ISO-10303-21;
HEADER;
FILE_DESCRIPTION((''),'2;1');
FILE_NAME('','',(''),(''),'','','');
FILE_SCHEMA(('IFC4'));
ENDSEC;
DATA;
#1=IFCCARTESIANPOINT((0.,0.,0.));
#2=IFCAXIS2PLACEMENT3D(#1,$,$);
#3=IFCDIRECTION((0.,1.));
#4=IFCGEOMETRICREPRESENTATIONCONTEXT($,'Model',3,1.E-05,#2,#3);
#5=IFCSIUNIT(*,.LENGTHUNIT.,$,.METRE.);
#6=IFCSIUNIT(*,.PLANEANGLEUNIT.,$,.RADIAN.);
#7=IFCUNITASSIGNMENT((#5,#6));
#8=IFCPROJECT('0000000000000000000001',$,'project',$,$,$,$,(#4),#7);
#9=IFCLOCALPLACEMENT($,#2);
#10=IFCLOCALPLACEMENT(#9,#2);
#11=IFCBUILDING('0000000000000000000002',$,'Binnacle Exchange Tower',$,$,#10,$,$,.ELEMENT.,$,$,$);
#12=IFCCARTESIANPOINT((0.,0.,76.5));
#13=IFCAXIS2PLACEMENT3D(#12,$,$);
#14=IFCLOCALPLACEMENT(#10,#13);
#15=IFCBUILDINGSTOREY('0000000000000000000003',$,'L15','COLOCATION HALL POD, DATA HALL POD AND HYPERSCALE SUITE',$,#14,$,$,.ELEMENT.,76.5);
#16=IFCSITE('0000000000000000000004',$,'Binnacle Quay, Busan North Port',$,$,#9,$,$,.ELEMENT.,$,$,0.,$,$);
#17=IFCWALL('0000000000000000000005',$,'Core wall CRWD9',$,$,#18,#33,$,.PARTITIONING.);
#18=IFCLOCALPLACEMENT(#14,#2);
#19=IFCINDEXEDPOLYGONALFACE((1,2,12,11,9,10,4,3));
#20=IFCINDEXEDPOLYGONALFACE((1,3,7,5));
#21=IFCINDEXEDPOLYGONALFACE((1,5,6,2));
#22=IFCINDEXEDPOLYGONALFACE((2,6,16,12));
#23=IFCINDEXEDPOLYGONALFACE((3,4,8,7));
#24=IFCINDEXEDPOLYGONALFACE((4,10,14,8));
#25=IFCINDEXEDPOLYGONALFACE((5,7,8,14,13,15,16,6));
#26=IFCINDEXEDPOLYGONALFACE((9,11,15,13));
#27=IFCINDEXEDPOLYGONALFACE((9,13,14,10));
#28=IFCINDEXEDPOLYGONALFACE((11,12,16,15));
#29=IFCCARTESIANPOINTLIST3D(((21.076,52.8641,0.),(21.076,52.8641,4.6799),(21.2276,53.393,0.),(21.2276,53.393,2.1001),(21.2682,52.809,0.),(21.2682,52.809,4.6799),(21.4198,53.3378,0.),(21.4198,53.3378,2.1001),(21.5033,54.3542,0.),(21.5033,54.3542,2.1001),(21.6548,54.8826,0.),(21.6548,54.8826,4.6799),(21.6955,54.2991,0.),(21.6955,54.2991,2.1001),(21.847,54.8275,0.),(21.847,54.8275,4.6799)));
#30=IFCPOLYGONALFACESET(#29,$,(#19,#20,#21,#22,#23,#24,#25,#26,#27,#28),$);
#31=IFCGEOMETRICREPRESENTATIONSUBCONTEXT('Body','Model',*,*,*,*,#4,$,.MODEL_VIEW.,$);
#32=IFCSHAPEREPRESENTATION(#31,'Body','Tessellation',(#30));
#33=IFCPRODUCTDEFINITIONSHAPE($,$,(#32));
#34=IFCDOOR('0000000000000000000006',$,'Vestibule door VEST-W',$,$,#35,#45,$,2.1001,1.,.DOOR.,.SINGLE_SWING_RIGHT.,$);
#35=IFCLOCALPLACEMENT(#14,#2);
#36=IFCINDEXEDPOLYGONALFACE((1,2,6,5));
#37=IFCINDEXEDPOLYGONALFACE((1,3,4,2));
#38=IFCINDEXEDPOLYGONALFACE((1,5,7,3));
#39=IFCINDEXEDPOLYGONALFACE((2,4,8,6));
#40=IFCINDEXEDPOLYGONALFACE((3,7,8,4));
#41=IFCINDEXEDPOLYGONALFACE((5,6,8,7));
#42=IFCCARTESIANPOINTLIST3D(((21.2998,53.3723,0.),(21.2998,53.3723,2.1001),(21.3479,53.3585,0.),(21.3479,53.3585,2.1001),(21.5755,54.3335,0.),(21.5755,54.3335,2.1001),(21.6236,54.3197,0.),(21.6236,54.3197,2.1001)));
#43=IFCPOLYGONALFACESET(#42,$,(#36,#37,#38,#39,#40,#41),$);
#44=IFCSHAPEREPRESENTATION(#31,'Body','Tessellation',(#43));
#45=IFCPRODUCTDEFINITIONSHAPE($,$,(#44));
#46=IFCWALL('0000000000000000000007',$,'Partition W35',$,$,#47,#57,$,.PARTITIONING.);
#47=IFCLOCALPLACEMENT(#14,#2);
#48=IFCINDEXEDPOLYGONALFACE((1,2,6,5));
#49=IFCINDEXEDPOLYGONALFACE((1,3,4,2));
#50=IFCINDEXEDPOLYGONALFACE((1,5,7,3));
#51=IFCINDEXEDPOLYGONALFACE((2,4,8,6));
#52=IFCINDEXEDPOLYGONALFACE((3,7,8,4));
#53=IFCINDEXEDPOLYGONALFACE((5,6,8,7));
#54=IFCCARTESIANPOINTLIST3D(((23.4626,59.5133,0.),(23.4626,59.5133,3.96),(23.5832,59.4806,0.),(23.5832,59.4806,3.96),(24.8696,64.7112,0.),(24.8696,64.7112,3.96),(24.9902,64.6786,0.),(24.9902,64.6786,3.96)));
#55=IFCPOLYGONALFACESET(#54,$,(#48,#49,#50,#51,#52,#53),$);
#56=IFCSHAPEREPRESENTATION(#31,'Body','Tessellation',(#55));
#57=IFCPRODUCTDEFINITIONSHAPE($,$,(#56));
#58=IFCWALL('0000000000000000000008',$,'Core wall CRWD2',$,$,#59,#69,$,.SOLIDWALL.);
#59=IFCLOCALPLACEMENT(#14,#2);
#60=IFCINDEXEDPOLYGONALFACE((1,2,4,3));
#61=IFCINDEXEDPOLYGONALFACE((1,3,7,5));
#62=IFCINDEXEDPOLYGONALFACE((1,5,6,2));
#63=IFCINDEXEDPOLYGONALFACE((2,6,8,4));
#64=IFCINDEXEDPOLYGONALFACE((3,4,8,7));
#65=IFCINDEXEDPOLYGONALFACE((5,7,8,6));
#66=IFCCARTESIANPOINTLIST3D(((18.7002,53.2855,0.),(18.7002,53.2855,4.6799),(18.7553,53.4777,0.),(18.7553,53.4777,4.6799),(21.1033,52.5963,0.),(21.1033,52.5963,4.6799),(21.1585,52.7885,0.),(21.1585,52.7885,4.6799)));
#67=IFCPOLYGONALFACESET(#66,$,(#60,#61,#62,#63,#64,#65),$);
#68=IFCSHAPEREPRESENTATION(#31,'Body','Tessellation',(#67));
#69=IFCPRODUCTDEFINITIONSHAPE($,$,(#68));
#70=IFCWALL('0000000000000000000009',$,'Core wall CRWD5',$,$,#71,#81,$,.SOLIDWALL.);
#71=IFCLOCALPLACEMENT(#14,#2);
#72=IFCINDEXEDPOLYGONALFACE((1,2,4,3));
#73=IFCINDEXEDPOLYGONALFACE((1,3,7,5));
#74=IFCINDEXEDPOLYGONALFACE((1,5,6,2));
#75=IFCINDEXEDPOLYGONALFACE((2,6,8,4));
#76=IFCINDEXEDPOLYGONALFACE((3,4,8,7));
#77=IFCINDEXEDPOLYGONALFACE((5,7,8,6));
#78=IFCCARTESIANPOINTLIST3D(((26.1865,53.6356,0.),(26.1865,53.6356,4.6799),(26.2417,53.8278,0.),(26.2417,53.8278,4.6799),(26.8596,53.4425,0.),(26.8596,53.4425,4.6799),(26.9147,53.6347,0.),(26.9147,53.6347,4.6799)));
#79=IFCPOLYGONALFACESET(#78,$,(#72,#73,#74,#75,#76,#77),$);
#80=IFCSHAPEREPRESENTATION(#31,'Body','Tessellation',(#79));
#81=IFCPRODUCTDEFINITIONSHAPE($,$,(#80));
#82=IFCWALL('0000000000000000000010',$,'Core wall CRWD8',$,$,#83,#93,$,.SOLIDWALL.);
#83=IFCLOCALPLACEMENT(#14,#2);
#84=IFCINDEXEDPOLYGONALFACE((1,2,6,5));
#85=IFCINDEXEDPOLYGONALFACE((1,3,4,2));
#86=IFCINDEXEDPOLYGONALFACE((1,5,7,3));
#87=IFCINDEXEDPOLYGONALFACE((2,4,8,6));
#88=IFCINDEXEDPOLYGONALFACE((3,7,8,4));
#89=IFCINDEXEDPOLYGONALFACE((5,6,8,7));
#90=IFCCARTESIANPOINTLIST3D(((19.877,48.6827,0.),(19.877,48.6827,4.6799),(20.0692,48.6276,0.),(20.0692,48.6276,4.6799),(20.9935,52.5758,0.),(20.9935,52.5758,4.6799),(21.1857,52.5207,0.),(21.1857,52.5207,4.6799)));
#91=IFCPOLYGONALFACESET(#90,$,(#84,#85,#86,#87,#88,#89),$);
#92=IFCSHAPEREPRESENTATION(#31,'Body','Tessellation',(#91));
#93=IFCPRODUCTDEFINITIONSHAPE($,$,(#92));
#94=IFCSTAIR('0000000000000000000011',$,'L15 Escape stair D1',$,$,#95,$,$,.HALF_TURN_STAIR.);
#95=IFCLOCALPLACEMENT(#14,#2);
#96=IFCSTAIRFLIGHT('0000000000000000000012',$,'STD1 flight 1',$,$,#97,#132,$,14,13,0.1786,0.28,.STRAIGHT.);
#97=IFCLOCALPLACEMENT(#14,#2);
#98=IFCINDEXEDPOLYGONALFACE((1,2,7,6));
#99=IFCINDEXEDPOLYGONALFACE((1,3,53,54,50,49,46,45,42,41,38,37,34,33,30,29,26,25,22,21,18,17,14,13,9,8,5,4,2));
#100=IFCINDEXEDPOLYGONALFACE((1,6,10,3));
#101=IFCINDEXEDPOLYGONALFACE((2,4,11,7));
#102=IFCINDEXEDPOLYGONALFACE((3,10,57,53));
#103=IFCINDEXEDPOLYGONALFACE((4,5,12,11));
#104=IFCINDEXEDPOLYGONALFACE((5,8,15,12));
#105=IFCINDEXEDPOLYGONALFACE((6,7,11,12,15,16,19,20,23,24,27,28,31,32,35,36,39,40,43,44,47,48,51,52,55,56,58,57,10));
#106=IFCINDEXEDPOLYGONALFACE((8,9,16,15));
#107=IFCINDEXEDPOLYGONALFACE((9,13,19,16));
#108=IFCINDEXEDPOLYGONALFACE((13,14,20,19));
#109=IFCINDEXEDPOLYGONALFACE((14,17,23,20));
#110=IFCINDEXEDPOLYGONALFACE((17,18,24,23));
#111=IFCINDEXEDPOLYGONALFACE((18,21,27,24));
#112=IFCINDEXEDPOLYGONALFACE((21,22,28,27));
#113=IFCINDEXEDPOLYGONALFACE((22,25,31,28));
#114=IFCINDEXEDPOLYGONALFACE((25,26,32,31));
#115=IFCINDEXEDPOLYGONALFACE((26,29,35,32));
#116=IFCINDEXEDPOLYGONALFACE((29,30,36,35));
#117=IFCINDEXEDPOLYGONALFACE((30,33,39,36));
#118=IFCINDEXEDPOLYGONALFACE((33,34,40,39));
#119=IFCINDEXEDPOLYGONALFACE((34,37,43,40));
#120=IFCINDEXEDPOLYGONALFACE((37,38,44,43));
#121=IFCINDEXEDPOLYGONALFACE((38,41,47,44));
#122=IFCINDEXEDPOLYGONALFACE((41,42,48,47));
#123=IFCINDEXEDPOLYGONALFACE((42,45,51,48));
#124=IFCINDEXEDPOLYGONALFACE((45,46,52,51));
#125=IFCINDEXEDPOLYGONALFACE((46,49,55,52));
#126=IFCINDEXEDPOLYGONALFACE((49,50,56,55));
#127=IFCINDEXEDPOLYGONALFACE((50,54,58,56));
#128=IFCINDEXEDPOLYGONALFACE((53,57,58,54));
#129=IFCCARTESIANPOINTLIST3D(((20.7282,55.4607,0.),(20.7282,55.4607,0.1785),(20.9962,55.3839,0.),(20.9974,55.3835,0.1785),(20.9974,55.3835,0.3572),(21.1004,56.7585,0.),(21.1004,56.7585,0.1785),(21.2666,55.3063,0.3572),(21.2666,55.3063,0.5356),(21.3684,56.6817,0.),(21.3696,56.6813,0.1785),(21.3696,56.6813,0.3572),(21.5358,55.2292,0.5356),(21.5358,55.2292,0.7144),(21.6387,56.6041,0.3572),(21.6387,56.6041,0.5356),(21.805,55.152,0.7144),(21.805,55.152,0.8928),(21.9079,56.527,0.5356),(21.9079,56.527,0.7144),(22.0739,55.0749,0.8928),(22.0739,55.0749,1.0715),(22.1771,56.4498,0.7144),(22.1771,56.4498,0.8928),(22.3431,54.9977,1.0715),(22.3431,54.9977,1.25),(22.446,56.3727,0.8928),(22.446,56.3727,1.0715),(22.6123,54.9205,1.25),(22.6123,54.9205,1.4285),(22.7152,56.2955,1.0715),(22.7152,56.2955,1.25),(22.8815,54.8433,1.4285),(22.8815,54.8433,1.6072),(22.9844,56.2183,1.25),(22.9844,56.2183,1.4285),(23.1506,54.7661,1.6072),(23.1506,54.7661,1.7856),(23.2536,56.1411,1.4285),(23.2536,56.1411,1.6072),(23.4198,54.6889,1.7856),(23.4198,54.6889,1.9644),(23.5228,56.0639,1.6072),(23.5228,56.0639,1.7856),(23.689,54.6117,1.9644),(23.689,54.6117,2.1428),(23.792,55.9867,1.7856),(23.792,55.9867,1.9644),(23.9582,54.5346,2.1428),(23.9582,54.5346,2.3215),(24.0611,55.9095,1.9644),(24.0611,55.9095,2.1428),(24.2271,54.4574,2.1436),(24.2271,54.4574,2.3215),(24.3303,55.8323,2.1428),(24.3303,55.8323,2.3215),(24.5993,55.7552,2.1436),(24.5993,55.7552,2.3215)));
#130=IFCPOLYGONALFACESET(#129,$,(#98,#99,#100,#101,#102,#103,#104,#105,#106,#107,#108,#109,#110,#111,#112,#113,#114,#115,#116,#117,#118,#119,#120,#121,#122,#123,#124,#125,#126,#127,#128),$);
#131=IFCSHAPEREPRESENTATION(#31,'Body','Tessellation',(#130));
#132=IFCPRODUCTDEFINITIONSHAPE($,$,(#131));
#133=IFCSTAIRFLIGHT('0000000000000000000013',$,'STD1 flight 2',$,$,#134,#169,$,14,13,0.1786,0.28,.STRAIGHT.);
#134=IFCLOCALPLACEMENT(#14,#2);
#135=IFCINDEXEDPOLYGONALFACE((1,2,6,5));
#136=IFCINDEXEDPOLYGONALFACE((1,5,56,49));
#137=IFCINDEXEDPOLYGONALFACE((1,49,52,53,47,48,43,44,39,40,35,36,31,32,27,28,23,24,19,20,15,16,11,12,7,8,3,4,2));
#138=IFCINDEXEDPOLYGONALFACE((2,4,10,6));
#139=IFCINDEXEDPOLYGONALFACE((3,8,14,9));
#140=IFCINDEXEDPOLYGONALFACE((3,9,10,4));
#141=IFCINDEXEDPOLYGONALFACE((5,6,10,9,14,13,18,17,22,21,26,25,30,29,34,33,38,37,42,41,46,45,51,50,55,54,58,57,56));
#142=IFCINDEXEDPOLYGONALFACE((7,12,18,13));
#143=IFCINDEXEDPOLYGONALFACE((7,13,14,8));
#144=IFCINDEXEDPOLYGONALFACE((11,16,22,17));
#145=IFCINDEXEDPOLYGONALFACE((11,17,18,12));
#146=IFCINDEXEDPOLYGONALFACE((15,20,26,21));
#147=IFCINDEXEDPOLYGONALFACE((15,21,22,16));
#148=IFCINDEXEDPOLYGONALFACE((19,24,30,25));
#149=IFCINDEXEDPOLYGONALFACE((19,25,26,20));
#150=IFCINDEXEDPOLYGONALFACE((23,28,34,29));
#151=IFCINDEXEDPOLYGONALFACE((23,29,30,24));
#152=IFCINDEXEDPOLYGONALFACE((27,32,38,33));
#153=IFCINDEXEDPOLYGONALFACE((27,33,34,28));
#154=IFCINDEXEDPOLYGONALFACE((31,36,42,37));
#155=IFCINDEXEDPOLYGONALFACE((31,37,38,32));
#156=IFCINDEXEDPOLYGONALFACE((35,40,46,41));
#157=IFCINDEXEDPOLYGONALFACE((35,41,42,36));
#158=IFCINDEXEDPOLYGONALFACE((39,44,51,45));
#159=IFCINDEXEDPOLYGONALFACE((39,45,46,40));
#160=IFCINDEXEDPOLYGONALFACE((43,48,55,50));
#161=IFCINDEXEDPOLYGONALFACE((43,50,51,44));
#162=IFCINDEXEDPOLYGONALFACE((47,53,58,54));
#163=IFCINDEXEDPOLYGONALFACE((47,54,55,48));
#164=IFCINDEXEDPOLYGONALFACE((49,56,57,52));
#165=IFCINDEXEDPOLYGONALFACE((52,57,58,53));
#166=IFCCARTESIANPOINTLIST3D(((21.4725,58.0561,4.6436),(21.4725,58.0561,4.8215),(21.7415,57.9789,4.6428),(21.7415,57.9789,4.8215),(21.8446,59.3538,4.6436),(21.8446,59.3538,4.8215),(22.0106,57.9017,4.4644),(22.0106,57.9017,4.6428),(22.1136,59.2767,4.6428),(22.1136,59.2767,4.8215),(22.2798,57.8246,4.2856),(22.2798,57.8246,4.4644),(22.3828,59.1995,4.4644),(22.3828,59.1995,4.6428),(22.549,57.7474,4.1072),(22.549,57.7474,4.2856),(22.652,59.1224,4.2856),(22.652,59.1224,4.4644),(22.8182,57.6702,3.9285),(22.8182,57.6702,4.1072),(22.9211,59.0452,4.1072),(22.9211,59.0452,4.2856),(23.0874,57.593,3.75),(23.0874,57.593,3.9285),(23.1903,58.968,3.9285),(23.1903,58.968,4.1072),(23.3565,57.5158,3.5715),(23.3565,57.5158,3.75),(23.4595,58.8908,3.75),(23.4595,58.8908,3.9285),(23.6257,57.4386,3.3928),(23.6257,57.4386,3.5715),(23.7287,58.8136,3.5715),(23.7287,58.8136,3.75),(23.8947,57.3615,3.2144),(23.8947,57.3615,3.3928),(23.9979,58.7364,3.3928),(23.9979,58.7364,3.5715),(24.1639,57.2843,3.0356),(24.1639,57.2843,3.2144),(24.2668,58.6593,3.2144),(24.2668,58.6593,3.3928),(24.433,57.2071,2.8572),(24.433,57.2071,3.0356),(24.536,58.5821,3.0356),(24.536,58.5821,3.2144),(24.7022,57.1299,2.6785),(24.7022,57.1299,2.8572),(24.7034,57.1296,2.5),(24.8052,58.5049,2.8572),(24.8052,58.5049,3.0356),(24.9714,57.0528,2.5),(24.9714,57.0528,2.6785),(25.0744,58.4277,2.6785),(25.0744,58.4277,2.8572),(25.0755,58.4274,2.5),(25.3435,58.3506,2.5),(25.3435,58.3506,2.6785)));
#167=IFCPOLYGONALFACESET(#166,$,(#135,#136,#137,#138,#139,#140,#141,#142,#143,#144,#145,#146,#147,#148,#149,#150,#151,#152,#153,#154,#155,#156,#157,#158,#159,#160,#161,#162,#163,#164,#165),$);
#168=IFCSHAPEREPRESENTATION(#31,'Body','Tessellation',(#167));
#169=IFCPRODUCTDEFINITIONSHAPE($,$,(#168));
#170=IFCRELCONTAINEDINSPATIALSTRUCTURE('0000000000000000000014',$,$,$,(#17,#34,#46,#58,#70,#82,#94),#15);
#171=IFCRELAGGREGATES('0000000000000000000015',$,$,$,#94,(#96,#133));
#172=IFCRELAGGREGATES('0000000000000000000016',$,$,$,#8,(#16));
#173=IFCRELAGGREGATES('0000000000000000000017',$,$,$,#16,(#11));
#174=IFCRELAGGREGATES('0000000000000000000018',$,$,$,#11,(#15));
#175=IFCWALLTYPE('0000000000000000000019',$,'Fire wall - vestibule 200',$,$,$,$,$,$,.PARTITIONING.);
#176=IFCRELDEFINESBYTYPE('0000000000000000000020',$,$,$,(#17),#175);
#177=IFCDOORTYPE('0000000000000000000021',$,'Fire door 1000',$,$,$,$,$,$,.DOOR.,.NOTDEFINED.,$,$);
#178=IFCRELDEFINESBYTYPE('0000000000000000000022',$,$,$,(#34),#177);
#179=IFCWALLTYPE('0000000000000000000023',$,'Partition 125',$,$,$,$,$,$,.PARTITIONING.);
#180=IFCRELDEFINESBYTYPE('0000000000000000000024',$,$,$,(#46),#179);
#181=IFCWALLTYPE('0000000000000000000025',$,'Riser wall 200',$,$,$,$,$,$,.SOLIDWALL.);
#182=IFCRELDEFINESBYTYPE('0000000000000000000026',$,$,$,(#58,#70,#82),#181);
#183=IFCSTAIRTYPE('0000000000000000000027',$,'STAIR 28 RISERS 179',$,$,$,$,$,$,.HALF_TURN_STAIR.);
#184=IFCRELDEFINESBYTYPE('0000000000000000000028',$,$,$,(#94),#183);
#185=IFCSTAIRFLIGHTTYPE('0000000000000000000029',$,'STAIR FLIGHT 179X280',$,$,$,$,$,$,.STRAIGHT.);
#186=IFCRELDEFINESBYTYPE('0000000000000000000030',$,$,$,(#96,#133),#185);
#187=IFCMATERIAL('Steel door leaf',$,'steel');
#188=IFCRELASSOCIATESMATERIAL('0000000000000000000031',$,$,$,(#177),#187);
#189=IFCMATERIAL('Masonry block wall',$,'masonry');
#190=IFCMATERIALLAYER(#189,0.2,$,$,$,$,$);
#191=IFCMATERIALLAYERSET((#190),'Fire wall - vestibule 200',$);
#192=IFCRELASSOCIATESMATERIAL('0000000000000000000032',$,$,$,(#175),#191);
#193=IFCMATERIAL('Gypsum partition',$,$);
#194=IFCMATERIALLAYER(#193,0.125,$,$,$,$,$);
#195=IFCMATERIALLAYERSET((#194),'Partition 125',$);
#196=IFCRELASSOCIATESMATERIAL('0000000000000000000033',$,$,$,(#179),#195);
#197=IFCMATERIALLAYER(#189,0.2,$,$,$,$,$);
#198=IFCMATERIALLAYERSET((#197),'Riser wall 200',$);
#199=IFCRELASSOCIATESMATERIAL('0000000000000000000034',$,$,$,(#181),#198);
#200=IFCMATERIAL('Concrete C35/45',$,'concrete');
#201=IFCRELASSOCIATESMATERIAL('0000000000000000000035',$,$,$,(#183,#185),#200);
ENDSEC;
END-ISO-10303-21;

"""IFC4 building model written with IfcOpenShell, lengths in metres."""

from ifc_helpers import new_model, si_unit, direction, frame, frame_2d, origin, place, context, subcontext, project, spatial, polyline, rectangle, outline, extrude, material, layer, layer_set, type_object, element, fill, aggregate, save


model = new_model("IFC4")

# Units and contexts
model_context = context("Model", 3, precision=1e-05, world=origin(), true_north=direction((0.0, 1.0)))
body_context = subcontext(model_context, "Body", "Model", "MODEL_VIEW")
ifc_project = project(units=[si_unit("LENGTHUNIT", "METRE"), si_unit("PLANEANGLEUNIT", "RADIAN")], contexts=[model_context])

# Site, building, storey
site_placement = place(None, origin())
site = spatial("IfcSite", under=ifc_project, at=site_placement, Name="Binnacle Quay, Busan North Port", CompositionType="ELEMENT", RefElevation=0.0)
building_placement = place(site_placement, origin())
building = spatial("IfcBuilding", under=site, at=building_placement, Name="Binnacle Exchange Tower", CompositionType="ELEMENT")
storey_placement = place(building_placement, frame((0.0, 0.0, 76.5)))
storey = spatial("IfcBuildingStorey", under=building, at=storey_placement, Name="L15", Description="COLOCATION HALL POD, DATA HALL POD AND HYPERSCALE SUITE", CompositionType="ELEMENT", Elevation=76.5)

# Shared definitions
ifc_material_1 = material(Name="Steel door leaf", Category="steel")

# Shared definitions
door_type_1 = type_object("IfcDoorType", Name="Fire door 1000", OperationType="NOTDEFINED", PredefinedType="DOOR", material=ifc_material_1)

# Wall, opening, door
ifc_material_2 = material(Name="Masonry block wall", Category="masonry")
ifc_layer_1 = layer(ifc_material_2, 0.2)
ifc_layer_set_1 = layer_set([ifc_layer_1], Name="Fire wall - vestibule 200")
wall_type_1 = type_object("IfcWallType", Name="Fire wall - vestibule 200", PredefinedType="PARTITIONING", material=ifc_layer_set_1)
wall_1_placement = place(storey_placement, frame((21.1721, 52.8367, 0.0), z_axis=(0.0, 0.0, 1.0), x_axis=(0.275658, 0.961256, 0.0)))
wall_1 = element("IfcWall", 1, at=wall_1_placement, inside=storey, type_object=wall_type_1, Name="Core wall CRWD9", PredefinedType="PARTITIONING", context=body_context, shape_type="SweptSolid", body=[
    extrude(rectangle(XDim=2.0999, YDim=0.2, at=frame_2d((1.0498, 0.0))), origin(), (0.0, 0.0, 1.0), 4.6799),
])
opening_1_placement = place(wall_1_placement, frame((0.55, 0.0, 0.0)))
opening_1 = element("IfcOpeningElement", 2, at=opening_1_placement, cuts=wall_1, PredefinedType="OPENING", context=body_context, shape_type="SweptSolid", body=[
    extrude(rectangle(XDim=1.0, YDim=2.1001, at=frame_2d((0.5, 1.05))), frame((0.0, 0.1099, 0.0), z_axis=(0.0, -1.0, 0.0), x_axis=(1.0, 0.0, 0.0)), (0.0, 0.0, 1.0), 0.22),
])
door_1_placement = place(opening_1_placement, origin())
door_1 = element("IfcDoor", 3, at=door_1_placement, inside=storey, type_object=door_type_1, Name="Vestibule door VEST-W", OperationType="SINGLE_SWING_RIGHT", OverallHeight=2.1001, OverallWidth=1.0, PredefinedType="DOOR", context=body_context, shape_type="SweptSolid", body=[
    extrude(rectangle(XDim=1.0, YDim=2.1001, at=frame_2d((0.5, 1.05))), frame((0.0, 0.0249, 0.0), z_axis=(0.0, -1.0, 0.0), x_axis=(1.0, 0.0, 0.0)), (0.0, 0.0, 1.0), 0.05),
])
fill(opening_1, door_1)

# Walls
ifc_material_3 = material(Name="Gypsum partition")
ifc_layer_2 = layer(ifc_material_3, 0.125)
ifc_layer_set_2 = layer_set([ifc_layer_2], Name="Partition 125")
wall_type_2 = type_object("IfcWallType", Name="Partition 125", PredefinedType="PARTITIONING", material=ifc_layer_set_2)
wall_2_placement = place(storey_placement, frame((23.5229, 59.4971, 0.0), z_axis=(0.0, 0.0, 1.0), x_axis=(0.261276, 0.965264, 0.0)))
element("IfcWall", 4, at=wall_2_placement, inside=storey, type_object=wall_type_2, Name="Partition W35", PredefinedType="PARTITIONING", context=body_context, shape_type="SweptSolid", body=[
    extrude(rectangle(XDim=5.385, YDim=0.125, at=frame_2d((2.6924, 0.0))), origin(), (0.0, 0.0, 1.0), 3.96),
])
ifc_layer_3 = layer(ifc_material_2, 0.2)
ifc_layer_set_3 = layer_set([ifc_layer_3], Name="Riser wall 200")
wall_type_3 = type_object("IfcWallType", Name="Riser wall 200", PredefinedType="SOLIDWALL", material=ifc_layer_set_3)
wall_3_placement = place(storey_placement, frame((18.7278, 53.3816, 0.0), z_axis=(0.0, 0.0, 1.0), x_axis=(0.961247, -0.275688, 0.0)))
element("IfcWall", 5, at=wall_3_placement, inside=storey, type_object=wall_type_3, Name="Core wall CRWD2", PredefinedType="SOLIDWALL", context=body_context, shape_type="SweptSolid", body=[
    extrude(rectangle(XDim=2.5, YDim=0.2, at=frame_2d((1.25, 0.0))), origin(), (0.0, 0.0, 1.0), 4.6799),
])
wall_4_placement = place(storey_placement, frame((26.2141, 53.7317, 0.0), z_axis=(0.0, 0.0, 1.0), x_axis=(0.961221, -0.27578, 0.0)))
element("IfcWall", 6, at=wall_4_placement, inside=storey, type_object=wall_type_3, Name="Core wall CRWD5", PredefinedType="SOLIDWALL", context=body_context, shape_type="SweptSolid", body=[
    extrude(rectangle(XDim=0.7002, YDim=0.2, at=frame_2d((0.3501, 0.0))), origin(), (0.0, 0.0, 1.0), 4.6799),
])
wall_5_placement = place(storey_placement, frame((19.9731, 48.6553, 0.0), z_axis=(0.0, 0.0, 1.0), x_axis=(0.275668, 0.961253, 0.0)))
element("IfcWall", 7, at=wall_5_placement, inside=storey, type_object=wall_type_3, Name="Core wall CRWD8", PredefinedType="SOLIDWALL", context=body_context, shape_type="SweptSolid", body=[
    extrude(rectangle(XDim=4.05, YDim=0.2, at=frame_2d((2.0249, 0.0))), origin(), (0.0, 0.0, 1.0), 4.6799),
])

# Stair, stair flights
ifc_material_4 = material(Name="Concrete C35/45", Category="concrete")
stair_type = type_object("IfcStairType", Name="STAIR 28 RISERS 179", PredefinedType="HALF_TURN_STAIR", material=ifc_material_4)
stair_placement = place(storey_placement, origin())
stair = element("IfcStair", 8, at=stair_placement, inside=storey, type_object=stair_type, Name="L15 Escape stair D1", PredefinedType="HALF_TURN_STAIR")
stair_flight_type = type_object("IfcStairFlightType", Name="STAIR FLIGHT 179X280", PredefinedType="STRAIGHT", material=ifc_material_4)
stair_flight_1_placement = place(storey_placement, frame((20.9143, 56.1096, 0.0), z_axis=(0.0, 0.0, 1.0), x_axis=(0.961262, -0.275637, 0.0)))
stair_flight_1 = element("IfcStairFlight", 9, at=stair_flight_1_placement, type_object=stair_flight_type, Name="STD1 flight 1", NumberOfRisers=14, NumberOfTreads=13, PredefinedType="STRAIGHT", RiserHeight=0.1786, TreadLength=0.28, context=body_context, shape_type="SweptSolid", body=[
    extrude(outline(polyline([(0.0, 0.0), (0.0, 0.1785), (0.28, 0.1785), (0.28, 0.3572), (0.5601, 0.3572), (0.5601, 0.5356), (0.8401, 0.5356), (0.8401, 0.7144), (1.1201, 0.7144), (1.1201, 0.8928), (1.3999, 0.8928), (1.3999, 1.0715), (1.6799, 1.0715), (1.6799, 1.25), (1.96, 1.25), (1.96, 1.4285), (2.24, 1.4285), (2.24, 1.6072), (2.52, 1.6072), (2.52, 1.7856), (2.8, 1.7856), (2.8, 1.9644), (3.0801, 1.9644), (3.0801, 2.1428), (3.3601, 2.1428), (3.3601, 2.3215), (3.6399, 2.3215), (3.6399, 2.5), (3.6399, 2.1436), (0.2788, 0.0), (0.0, 0.0)])), frame((0.0, 0.675, 0.0), z_axis=(0.0, -1.0, 0.0), x_axis=(1.0, 0.0, 0.0)), (0.0, 0.0, 1.0), 1.3501),
])
stair_flight_2_placement = place(storey_placement, frame((25.1575, 57.7017, 2.5), z_axis=(0.0, 0.0, 1.0), x_axis=(-0.961262, 0.275637, 0.0)))
stair_flight_2 = element("IfcStairFlight", 10, at=stair_flight_2_placement, type_object=stair_flight_type, Name="STD1 flight 2", NumberOfRisers=14, NumberOfTreads=13, PredefinedType="STRAIGHT", RiserHeight=0.1786, TreadLength=0.28, context=body_context, shape_type="SweptSolid", body=[
    extrude(outline(polyline([(0.0, 0.0), (0.0, 0.1785), (0.28, 0.1785), (0.28, 0.3572), (0.5601, 0.3572), (0.5601, 0.5356), (0.8401, 0.5356), (0.8401, 0.7144), (1.1201, 0.7144), (1.1201, 0.8928), (1.3999, 0.8928), (1.3999, 1.0715), (1.6799, 1.0715), (1.6799, 1.25), (1.96, 1.25), (1.96, 1.4285), (2.24, 1.4285), (2.24, 1.6072), (2.52, 1.6072), (2.52, 1.7856), (2.8, 1.7856), (2.8, 1.9644), (3.0801, 1.9644), (3.0801, 2.1428), (3.3601, 2.1428), (3.3601, 2.3215), (3.6399, 2.3215), (3.6399, 2.5), (3.6399, 2.1436), (0.2788, 0.0), (0.0, 0.0)])), frame((0.0, 0.675, 0.0), z_axis=(0.0, -1.0, 0.0), x_axis=(1.0, 0.0, 0.0)), (0.0, 0.0, 1.0), 1.3501),
])
aggregate(stair, [stair_flight_1, stair_flight_2])

save(model, "model.ifc")
